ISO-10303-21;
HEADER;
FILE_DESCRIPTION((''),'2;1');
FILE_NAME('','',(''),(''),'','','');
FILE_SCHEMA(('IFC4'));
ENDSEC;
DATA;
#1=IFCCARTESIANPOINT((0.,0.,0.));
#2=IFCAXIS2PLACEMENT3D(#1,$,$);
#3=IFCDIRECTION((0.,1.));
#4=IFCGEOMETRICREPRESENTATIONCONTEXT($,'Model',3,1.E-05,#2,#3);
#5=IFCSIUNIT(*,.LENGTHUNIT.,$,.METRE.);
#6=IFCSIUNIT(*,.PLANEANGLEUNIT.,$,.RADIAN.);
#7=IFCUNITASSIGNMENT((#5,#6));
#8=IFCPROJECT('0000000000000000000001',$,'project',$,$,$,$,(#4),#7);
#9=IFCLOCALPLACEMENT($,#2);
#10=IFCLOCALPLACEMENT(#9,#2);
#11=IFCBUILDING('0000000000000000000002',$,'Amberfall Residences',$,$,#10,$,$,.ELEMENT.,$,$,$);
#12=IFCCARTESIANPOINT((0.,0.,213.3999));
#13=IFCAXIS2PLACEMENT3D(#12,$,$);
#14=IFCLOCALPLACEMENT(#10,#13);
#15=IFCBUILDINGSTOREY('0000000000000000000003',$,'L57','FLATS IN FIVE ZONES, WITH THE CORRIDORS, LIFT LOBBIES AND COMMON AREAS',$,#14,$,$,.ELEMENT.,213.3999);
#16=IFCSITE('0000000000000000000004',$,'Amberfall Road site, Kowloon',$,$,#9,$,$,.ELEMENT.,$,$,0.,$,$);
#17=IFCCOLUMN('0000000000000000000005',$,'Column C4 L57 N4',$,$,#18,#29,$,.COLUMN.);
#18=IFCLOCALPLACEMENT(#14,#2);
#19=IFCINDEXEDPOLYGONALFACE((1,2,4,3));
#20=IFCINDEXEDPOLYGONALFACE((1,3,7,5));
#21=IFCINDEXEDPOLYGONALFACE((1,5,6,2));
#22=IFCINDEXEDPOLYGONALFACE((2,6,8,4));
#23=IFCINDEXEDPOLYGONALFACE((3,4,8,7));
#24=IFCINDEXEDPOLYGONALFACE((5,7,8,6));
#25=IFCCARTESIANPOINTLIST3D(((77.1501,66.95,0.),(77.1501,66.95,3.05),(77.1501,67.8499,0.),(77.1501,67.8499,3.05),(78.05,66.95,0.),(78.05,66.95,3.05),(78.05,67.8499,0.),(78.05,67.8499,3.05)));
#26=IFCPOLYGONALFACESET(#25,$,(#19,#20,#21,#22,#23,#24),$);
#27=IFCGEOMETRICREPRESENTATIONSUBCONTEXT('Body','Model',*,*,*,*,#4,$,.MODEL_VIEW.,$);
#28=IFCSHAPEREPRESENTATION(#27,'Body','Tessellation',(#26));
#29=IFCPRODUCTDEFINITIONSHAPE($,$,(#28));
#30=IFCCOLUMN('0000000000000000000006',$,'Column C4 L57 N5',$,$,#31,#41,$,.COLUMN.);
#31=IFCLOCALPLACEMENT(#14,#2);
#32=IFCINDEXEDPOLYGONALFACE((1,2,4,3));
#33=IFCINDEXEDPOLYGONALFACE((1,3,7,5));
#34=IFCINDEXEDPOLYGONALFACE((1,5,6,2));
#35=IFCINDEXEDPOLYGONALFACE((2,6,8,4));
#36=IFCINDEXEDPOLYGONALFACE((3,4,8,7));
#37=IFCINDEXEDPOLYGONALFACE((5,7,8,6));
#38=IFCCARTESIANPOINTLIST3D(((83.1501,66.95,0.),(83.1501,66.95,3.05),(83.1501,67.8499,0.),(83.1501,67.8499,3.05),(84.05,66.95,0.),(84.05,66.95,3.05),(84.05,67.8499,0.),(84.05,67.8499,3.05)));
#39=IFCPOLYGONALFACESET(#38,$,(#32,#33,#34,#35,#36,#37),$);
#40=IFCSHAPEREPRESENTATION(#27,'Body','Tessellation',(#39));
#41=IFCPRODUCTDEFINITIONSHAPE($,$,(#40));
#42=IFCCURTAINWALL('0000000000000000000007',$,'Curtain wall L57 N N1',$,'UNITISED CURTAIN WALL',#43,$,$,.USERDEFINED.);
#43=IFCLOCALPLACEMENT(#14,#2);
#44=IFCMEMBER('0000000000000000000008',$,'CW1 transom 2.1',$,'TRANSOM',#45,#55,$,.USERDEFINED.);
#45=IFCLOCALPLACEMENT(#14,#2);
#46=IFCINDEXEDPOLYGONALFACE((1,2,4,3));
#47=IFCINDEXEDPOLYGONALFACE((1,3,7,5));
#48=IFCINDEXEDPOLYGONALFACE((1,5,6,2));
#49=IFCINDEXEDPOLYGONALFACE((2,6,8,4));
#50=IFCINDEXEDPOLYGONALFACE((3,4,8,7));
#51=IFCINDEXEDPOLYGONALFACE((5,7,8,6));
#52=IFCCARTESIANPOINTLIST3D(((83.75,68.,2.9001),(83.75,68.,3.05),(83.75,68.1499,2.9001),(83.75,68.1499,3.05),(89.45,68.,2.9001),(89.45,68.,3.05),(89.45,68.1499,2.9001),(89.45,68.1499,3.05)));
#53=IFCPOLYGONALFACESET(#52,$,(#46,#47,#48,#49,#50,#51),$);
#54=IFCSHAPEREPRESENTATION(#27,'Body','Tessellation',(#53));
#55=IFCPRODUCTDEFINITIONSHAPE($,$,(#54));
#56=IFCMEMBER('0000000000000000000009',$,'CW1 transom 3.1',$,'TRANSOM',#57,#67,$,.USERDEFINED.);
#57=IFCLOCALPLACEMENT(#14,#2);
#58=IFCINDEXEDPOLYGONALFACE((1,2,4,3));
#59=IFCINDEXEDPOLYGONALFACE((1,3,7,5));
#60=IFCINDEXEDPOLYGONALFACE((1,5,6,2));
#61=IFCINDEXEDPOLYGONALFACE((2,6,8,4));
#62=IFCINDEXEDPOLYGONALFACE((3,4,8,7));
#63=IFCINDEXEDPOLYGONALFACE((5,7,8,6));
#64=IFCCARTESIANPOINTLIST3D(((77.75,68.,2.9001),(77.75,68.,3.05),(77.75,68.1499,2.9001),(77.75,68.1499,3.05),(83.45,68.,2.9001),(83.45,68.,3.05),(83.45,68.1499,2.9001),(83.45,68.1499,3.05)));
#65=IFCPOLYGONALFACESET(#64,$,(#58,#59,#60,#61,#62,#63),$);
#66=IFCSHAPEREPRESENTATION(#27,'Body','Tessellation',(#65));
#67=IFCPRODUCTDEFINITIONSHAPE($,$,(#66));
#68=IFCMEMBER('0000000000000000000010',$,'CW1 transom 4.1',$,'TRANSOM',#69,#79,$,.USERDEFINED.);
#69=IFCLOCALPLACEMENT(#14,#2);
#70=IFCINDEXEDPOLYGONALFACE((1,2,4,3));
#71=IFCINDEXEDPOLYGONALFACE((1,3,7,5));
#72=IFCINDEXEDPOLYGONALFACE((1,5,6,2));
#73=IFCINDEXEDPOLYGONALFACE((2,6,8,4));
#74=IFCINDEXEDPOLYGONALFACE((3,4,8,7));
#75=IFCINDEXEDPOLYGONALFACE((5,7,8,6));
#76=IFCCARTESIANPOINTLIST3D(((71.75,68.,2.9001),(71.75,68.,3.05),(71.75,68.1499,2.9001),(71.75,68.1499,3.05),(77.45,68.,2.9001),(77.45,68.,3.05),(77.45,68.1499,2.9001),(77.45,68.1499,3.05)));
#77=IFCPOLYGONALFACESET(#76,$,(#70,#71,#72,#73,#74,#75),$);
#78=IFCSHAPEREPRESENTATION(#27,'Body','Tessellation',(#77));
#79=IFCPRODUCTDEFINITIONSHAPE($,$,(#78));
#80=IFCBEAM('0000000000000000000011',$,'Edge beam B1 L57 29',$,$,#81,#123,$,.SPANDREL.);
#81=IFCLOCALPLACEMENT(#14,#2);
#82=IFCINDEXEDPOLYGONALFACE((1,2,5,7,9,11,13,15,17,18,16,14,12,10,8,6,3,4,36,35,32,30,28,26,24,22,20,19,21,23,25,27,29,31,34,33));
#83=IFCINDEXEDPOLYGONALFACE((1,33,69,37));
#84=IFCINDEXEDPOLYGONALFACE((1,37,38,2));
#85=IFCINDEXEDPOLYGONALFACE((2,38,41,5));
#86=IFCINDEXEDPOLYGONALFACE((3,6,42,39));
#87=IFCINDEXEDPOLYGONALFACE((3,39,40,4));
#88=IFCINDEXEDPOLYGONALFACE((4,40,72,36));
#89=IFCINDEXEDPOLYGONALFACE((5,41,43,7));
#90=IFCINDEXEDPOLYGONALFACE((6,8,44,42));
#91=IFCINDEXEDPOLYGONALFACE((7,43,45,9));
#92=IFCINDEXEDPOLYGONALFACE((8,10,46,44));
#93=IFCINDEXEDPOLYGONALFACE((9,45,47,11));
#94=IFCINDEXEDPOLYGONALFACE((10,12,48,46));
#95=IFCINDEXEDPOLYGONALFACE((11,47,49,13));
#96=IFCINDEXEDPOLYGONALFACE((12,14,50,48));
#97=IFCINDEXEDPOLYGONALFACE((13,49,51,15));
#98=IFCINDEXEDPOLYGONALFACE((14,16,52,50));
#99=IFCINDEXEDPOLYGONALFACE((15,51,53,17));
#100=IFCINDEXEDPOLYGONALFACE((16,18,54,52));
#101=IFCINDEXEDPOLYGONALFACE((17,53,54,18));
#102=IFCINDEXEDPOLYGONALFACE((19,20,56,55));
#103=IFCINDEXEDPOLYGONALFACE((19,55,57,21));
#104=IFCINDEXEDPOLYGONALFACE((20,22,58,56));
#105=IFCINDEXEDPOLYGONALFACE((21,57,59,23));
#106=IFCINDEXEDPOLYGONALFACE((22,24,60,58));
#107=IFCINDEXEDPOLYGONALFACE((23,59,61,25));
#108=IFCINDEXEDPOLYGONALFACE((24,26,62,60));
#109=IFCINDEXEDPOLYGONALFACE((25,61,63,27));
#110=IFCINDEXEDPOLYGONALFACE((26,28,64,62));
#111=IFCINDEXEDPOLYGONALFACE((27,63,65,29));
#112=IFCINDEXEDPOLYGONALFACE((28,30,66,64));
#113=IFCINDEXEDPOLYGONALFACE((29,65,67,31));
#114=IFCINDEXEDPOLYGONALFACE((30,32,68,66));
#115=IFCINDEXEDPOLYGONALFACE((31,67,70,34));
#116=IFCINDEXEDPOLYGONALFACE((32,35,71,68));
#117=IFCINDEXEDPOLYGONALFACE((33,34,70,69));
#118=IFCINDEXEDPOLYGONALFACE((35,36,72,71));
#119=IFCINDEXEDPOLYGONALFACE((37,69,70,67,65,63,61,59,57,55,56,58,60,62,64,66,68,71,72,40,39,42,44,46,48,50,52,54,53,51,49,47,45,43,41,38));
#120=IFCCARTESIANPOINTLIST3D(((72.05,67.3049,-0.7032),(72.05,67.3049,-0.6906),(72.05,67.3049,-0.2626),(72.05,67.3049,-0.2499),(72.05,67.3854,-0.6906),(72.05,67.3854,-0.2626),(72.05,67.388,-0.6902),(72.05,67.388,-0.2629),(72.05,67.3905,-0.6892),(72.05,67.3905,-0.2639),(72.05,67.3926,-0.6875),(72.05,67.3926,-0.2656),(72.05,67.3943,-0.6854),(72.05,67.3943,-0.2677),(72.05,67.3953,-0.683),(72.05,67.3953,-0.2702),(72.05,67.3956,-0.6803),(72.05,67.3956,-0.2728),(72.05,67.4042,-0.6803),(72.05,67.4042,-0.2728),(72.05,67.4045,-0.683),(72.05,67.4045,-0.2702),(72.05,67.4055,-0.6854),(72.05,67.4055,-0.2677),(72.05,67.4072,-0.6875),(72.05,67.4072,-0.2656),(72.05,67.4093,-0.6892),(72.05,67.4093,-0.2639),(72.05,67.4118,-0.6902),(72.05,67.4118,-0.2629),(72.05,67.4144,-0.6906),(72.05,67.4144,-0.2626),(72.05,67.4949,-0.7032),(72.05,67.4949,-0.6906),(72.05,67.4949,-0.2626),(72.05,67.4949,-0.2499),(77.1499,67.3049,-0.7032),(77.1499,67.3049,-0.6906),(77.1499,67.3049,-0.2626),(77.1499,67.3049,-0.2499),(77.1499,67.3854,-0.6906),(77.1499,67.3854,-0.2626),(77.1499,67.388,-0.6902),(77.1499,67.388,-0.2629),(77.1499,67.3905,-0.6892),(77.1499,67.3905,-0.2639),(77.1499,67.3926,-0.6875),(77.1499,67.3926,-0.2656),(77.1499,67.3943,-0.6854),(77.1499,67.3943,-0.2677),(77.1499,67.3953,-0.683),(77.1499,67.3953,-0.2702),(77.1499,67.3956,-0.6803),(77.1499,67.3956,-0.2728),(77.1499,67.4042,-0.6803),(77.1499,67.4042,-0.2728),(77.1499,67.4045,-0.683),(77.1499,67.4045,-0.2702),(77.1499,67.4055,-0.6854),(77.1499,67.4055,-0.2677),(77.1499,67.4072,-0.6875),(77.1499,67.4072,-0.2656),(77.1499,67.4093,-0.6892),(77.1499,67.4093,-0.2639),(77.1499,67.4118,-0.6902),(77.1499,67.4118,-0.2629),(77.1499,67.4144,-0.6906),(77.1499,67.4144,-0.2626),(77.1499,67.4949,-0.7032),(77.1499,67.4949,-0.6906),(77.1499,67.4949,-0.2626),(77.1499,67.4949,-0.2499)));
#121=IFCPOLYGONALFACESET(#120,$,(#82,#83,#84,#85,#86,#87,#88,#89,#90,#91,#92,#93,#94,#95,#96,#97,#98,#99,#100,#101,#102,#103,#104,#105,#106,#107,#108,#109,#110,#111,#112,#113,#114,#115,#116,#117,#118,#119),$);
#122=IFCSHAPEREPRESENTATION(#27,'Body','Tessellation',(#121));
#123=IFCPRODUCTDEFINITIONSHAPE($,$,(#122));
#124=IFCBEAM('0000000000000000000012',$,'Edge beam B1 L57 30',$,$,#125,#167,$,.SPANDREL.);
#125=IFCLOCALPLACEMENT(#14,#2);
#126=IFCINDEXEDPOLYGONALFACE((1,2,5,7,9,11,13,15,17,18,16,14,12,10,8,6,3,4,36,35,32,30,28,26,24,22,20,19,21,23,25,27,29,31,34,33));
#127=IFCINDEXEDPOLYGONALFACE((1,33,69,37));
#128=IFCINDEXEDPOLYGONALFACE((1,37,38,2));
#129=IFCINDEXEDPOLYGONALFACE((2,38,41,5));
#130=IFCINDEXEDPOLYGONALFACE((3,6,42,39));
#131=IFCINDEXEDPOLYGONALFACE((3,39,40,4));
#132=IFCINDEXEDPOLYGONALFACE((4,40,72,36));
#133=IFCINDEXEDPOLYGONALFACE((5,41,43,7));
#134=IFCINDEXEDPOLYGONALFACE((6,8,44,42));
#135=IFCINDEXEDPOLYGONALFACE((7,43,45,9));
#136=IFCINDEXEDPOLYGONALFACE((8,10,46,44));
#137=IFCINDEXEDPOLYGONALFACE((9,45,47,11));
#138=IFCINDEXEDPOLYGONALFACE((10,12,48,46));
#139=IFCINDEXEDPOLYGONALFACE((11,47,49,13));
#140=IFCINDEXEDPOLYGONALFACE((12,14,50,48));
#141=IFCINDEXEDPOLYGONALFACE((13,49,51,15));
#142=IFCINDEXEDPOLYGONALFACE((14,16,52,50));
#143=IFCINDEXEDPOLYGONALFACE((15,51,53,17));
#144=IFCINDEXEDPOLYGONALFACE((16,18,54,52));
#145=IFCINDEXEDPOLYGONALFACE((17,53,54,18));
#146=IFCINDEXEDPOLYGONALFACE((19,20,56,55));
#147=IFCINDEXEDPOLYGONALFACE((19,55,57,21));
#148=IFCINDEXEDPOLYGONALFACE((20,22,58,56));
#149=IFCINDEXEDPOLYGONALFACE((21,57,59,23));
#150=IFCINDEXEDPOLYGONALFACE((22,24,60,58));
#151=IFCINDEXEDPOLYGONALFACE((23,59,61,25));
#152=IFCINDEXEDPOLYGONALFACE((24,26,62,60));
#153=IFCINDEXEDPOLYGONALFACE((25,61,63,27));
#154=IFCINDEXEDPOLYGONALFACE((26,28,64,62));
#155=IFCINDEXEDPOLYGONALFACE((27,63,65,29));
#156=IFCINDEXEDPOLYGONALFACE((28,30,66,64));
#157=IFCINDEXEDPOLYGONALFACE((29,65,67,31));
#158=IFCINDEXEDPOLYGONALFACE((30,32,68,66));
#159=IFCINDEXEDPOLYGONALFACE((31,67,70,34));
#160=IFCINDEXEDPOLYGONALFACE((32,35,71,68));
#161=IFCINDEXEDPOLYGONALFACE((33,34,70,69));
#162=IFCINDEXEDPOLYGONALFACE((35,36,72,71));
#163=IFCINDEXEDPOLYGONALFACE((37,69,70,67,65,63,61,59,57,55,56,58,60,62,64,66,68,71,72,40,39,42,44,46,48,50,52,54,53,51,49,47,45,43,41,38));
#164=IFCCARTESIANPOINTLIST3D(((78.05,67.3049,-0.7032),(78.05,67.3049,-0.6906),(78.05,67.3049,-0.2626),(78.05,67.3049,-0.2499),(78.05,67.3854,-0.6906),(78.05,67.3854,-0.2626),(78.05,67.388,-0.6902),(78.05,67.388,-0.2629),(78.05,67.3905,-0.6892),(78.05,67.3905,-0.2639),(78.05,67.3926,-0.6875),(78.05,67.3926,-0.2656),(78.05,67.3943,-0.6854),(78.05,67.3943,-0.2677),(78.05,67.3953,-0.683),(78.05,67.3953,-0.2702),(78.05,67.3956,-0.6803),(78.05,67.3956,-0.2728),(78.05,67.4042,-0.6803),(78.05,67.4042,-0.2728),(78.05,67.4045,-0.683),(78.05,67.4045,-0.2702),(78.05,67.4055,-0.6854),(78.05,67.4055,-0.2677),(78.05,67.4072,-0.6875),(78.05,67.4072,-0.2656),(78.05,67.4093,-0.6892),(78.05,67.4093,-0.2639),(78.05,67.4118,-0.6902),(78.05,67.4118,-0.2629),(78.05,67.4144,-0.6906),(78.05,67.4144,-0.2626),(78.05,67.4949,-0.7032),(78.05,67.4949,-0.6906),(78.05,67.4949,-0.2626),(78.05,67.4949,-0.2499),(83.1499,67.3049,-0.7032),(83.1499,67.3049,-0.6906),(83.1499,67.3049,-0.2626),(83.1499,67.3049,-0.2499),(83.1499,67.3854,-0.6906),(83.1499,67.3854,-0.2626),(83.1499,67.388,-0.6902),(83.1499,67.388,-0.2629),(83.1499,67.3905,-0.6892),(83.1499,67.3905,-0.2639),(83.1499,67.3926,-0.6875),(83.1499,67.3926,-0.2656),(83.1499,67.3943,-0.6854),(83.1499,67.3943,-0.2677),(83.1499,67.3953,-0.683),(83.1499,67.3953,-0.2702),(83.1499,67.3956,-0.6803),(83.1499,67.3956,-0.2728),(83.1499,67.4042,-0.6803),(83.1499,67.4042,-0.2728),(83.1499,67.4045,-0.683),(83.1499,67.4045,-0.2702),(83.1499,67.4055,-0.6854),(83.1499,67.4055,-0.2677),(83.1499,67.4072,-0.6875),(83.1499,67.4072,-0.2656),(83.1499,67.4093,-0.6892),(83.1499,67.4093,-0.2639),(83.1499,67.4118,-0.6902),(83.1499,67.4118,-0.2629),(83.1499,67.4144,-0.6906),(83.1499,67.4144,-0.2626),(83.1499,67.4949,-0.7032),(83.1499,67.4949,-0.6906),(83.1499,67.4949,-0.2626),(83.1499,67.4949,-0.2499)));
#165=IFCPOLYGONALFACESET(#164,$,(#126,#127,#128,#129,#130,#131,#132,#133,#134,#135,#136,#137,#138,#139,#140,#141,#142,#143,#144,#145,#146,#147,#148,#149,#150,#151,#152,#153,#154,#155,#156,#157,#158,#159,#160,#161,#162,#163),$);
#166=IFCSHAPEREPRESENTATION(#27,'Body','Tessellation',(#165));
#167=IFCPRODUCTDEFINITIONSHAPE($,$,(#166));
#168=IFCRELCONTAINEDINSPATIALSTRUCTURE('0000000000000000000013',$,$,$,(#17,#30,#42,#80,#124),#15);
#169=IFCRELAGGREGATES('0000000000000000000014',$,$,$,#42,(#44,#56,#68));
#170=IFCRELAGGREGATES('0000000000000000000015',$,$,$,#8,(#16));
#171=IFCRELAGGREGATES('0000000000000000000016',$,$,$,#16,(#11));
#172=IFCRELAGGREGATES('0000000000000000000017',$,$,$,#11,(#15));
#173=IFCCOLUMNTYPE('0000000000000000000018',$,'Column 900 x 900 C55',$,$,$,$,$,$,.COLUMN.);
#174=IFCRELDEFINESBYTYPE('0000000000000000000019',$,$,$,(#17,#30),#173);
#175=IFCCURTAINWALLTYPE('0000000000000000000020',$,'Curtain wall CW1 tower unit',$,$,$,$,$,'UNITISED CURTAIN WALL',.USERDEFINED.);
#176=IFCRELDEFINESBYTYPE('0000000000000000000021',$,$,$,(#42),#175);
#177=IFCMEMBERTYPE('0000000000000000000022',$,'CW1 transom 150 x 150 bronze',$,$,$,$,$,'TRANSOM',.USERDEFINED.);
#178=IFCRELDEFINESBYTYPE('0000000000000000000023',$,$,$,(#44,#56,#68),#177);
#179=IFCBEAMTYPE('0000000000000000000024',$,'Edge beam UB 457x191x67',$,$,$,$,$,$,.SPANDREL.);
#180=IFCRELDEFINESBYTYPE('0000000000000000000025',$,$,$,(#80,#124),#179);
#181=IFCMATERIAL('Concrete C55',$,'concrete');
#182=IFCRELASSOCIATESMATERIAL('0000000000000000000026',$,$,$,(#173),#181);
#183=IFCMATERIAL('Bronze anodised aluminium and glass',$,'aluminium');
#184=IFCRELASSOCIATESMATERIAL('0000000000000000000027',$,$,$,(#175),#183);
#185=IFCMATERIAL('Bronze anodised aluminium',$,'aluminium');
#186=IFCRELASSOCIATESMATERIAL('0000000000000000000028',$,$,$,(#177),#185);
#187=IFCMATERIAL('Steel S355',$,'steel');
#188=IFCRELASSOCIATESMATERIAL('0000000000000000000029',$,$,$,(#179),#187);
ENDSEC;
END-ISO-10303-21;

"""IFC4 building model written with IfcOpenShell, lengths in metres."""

from ifc_helpers import new_model, si_unit, direction, frame, origin, origin_2d, place, context, subcontext, project, spatial, rectangle, i_section, extrude, material, material_profile, profile_set, type_object, element, aggregate, save


model = new_model("IFC4")

# Units and contexts
model_context = context("Model", 3, precision=1e-05, world=origin(), true_north=direction((0.0, 1.0)))
body_context = subcontext(model_context, "Body", "Model", "MODEL_VIEW")
ifc_project = project(units=[si_unit("LENGTHUNIT", "METRE"), si_unit("PLANEANGLEUNIT", "RADIAN")], contexts=[model_context])

# Site, building, storey
site_placement = place(None, origin())
site = spatial("IfcSite", under=ifc_project, at=site_placement, Name="Amberfall Road site, Kowloon", CompositionType="ELEMENT", RefElevation=0.0)
building_placement = place(site_placement, origin())
building = spatial("IfcBuilding", under=site, at=building_placement, Name="Amberfall Residences", CompositionType="ELEMENT")
storey_placement = place(building_placement, frame((0.0, 0.0, 213.3999)))
storey = spatial("IfcBuildingStorey", under=building, at=storey_placement, Name="L57", Description="FLATS IN FIVE ZONES, WITH THE CORRIDORS, LIFT LOBBIES AND COMMON AREAS", CompositionType="ELEMENT", Elevation=213.3999)

# Columns
ifc_material_1 = material(Name="Concrete C55", Category="concrete")
ifc_material_profile_1 = material_profile(ifc_material_1, rectangle(XDim=0.8999, YDim=0.8999, at=origin_2d()), Name="Column 900 x 900 C55")
ifc_profile_set_1 = profile_set([ifc_material_profile_1], Name="Concrete C55")
column_type = type_object("IfcColumnType", Name="Column 900 x 900 C55", PredefinedType="COLUMN", material=ifc_profile_set_1)
for number, where, z_axis, x_axis, name in (
    (1, (77.6001, 67.3999, 0.0), (0.0, 0.0, 1.0), (1.0, 0.0, 0.0), "Column C4 L57 N4"),
    (2, (83.6001, 67.3999, 0.0), (0.0, 0.0, 1.0), (1.0, 0.0, 0.0), "Column C4 L57 N5"),
):
    element("IfcColumn", number, at=place(storey_placement, frame(where, z_axis=z_axis, x_axis=x_axis)), inside=storey, type_object=column_type, Name=name, PredefinedType="COLUMN", context=body_context, shape_type="SweptSolid", body=[
        extrude(rectangle(XDim=0.8999, YDim=0.8999, at=origin_2d()), origin(), (0.0, 0.0, 1.0), 3.05),
    ])

# Curtain wall, members
ifc_material_2 = material(Name="Bronze anodised aluminium and glass", Category="aluminium")
curtain_wall_type = type_object("IfcCurtainWallType", Name="Curtain wall CW1 tower unit", ElementType="UNITISED CURTAIN WALL", PredefinedType="USERDEFINED", material=ifc_material_2)
curtain_wall_placement = place(storey_placement, origin())
curtain_wall = element("IfcCurtainWall", 3, at=curtain_wall_placement, inside=storey, type_object=curtain_wall_type, Name="Curtain wall L57 N N1", ObjectType="UNITISED CURTAIN WALL", PredefinedType="USERDEFINED")
ifc_material_3 = material(Name="Bronze anodised aluminium", Category="aluminium")
ifc_material_profile_2 = material_profile(ifc_material_3, rectangle(XDim=0.1499, YDim=0.1499, at=origin_2d()), Name="CW1 transom 150 x 150 bronze")
ifc_profile_set_2 = profile_set([ifc_material_profile_2], Name="Bronze anodised aluminium")
member_type_1 = type_object("IfcMemberType", Name="CW1 transom 150 x 150 bronze", ElementType="TRANSOM", PredefinedType="USERDEFINED", material=ifc_profile_set_2)
member_1_placement = place(storey_placement, frame((89.45, 68.075, 2.9751), z_axis=(-1.0, 0.0, 0.0), x_axis=(0.0, -1.0, 0.0)))
member_1 = element("IfcMember", 4, at=member_1_placement, type_object=member_type_1, Name="CW1 transom 2.1", ObjectType="TRANSOM", PredefinedType="USERDEFINED", context=body_context, shape_type="SweptSolid", body=[
    extrude(rectangle(XDim=0.1499, YDim=0.1499, at=origin_2d()), origin(), (0.0, 0.0, 1.0), 5.7),
])
member_2_placement = place(storey_placement, frame((83.45, 68.075, 2.9751), z_axis=(-1.0, 0.0, 0.0), x_axis=(0.0, -1.0, 0.0)))
member_2 = element("IfcMember", 5, at=member_2_placement, type_object=member_type_1, Name="CW1 transom 3.1", ObjectType="TRANSOM", PredefinedType="USERDEFINED", context=body_context, shape_type="SweptSolid", body=[
    extrude(rectangle(XDim=0.1499, YDim=0.1499, at=origin_2d()), origin(), (0.0, 0.0, 1.0), 5.7),
])
member_3_placement = place(storey_placement, frame((77.45, 68.075, 2.9751), z_axis=(-1.0, 0.0, 0.0), x_axis=(0.0, -1.0, 0.0)))
member_3 = element("IfcMember", 6, at=member_3_placement, type_object=member_type_1, Name="CW1 transom 4.1", ObjectType="TRANSOM", PredefinedType="USERDEFINED", context=body_context, shape_type="SweptSolid", body=[
    extrude(rectangle(XDim=0.1499, YDim=0.1499, at=origin_2d()), origin(), (0.0, 0.0, 1.0), 5.7),
])

# Beams
ifc_material_4 = material(Name="Steel S355", Category="steel")
ifc_material_profile_3 = material_profile(ifc_material_4, i_section(OverallWidth=0.1899, OverallDepth=0.4534, WebThickness=0.0085, FlangeThickness=0.0127, FilletRadius=0.0103, at=origin_2d()), Name="UB 457x191x67")
ifc_profile_set_3 = profile_set([ifc_material_profile_3], Name="Steel S355")
beam_type_1 = type_object("IfcBeamType", Name="Edge beam UB 457x191x67", PredefinedType="SPANDREL", material=ifc_profile_set_3)
for number, where, z_axis, x_axis, name in (
    (7, (72.05, 67.3999, -0.4766), (1.0, 0.0, 0.0), (0.0, 1.0, 0.0), "Edge beam B1 L57 29"),
    (8, (78.05, 67.3999, -0.4766), (1.0, 0.0, 0.0), (0.0, 1.0, 0.0), "Edge beam B1 L57 30"),
):
    element("IfcBeam", number, at=place(storey_placement, frame(where, z_axis=z_axis, x_axis=x_axis)), inside=storey, type_object=beam_type_1, Name=name, PredefinedType="SPANDREL", context=body_context, shape_type="SweptSolid", body=[
        extrude(i_section(OverallWidth=0.1899, OverallDepth=0.4534, WebThickness=0.0085, FlangeThickness=0.0127, FilletRadius=0.0103, at=origin_2d()), origin(), (0.0, 0.0, 1.0), 5.0999),
    ])

aggregate(curtain_wall, [member_1, member_2, member_3])

save(model, "model.ifc")
